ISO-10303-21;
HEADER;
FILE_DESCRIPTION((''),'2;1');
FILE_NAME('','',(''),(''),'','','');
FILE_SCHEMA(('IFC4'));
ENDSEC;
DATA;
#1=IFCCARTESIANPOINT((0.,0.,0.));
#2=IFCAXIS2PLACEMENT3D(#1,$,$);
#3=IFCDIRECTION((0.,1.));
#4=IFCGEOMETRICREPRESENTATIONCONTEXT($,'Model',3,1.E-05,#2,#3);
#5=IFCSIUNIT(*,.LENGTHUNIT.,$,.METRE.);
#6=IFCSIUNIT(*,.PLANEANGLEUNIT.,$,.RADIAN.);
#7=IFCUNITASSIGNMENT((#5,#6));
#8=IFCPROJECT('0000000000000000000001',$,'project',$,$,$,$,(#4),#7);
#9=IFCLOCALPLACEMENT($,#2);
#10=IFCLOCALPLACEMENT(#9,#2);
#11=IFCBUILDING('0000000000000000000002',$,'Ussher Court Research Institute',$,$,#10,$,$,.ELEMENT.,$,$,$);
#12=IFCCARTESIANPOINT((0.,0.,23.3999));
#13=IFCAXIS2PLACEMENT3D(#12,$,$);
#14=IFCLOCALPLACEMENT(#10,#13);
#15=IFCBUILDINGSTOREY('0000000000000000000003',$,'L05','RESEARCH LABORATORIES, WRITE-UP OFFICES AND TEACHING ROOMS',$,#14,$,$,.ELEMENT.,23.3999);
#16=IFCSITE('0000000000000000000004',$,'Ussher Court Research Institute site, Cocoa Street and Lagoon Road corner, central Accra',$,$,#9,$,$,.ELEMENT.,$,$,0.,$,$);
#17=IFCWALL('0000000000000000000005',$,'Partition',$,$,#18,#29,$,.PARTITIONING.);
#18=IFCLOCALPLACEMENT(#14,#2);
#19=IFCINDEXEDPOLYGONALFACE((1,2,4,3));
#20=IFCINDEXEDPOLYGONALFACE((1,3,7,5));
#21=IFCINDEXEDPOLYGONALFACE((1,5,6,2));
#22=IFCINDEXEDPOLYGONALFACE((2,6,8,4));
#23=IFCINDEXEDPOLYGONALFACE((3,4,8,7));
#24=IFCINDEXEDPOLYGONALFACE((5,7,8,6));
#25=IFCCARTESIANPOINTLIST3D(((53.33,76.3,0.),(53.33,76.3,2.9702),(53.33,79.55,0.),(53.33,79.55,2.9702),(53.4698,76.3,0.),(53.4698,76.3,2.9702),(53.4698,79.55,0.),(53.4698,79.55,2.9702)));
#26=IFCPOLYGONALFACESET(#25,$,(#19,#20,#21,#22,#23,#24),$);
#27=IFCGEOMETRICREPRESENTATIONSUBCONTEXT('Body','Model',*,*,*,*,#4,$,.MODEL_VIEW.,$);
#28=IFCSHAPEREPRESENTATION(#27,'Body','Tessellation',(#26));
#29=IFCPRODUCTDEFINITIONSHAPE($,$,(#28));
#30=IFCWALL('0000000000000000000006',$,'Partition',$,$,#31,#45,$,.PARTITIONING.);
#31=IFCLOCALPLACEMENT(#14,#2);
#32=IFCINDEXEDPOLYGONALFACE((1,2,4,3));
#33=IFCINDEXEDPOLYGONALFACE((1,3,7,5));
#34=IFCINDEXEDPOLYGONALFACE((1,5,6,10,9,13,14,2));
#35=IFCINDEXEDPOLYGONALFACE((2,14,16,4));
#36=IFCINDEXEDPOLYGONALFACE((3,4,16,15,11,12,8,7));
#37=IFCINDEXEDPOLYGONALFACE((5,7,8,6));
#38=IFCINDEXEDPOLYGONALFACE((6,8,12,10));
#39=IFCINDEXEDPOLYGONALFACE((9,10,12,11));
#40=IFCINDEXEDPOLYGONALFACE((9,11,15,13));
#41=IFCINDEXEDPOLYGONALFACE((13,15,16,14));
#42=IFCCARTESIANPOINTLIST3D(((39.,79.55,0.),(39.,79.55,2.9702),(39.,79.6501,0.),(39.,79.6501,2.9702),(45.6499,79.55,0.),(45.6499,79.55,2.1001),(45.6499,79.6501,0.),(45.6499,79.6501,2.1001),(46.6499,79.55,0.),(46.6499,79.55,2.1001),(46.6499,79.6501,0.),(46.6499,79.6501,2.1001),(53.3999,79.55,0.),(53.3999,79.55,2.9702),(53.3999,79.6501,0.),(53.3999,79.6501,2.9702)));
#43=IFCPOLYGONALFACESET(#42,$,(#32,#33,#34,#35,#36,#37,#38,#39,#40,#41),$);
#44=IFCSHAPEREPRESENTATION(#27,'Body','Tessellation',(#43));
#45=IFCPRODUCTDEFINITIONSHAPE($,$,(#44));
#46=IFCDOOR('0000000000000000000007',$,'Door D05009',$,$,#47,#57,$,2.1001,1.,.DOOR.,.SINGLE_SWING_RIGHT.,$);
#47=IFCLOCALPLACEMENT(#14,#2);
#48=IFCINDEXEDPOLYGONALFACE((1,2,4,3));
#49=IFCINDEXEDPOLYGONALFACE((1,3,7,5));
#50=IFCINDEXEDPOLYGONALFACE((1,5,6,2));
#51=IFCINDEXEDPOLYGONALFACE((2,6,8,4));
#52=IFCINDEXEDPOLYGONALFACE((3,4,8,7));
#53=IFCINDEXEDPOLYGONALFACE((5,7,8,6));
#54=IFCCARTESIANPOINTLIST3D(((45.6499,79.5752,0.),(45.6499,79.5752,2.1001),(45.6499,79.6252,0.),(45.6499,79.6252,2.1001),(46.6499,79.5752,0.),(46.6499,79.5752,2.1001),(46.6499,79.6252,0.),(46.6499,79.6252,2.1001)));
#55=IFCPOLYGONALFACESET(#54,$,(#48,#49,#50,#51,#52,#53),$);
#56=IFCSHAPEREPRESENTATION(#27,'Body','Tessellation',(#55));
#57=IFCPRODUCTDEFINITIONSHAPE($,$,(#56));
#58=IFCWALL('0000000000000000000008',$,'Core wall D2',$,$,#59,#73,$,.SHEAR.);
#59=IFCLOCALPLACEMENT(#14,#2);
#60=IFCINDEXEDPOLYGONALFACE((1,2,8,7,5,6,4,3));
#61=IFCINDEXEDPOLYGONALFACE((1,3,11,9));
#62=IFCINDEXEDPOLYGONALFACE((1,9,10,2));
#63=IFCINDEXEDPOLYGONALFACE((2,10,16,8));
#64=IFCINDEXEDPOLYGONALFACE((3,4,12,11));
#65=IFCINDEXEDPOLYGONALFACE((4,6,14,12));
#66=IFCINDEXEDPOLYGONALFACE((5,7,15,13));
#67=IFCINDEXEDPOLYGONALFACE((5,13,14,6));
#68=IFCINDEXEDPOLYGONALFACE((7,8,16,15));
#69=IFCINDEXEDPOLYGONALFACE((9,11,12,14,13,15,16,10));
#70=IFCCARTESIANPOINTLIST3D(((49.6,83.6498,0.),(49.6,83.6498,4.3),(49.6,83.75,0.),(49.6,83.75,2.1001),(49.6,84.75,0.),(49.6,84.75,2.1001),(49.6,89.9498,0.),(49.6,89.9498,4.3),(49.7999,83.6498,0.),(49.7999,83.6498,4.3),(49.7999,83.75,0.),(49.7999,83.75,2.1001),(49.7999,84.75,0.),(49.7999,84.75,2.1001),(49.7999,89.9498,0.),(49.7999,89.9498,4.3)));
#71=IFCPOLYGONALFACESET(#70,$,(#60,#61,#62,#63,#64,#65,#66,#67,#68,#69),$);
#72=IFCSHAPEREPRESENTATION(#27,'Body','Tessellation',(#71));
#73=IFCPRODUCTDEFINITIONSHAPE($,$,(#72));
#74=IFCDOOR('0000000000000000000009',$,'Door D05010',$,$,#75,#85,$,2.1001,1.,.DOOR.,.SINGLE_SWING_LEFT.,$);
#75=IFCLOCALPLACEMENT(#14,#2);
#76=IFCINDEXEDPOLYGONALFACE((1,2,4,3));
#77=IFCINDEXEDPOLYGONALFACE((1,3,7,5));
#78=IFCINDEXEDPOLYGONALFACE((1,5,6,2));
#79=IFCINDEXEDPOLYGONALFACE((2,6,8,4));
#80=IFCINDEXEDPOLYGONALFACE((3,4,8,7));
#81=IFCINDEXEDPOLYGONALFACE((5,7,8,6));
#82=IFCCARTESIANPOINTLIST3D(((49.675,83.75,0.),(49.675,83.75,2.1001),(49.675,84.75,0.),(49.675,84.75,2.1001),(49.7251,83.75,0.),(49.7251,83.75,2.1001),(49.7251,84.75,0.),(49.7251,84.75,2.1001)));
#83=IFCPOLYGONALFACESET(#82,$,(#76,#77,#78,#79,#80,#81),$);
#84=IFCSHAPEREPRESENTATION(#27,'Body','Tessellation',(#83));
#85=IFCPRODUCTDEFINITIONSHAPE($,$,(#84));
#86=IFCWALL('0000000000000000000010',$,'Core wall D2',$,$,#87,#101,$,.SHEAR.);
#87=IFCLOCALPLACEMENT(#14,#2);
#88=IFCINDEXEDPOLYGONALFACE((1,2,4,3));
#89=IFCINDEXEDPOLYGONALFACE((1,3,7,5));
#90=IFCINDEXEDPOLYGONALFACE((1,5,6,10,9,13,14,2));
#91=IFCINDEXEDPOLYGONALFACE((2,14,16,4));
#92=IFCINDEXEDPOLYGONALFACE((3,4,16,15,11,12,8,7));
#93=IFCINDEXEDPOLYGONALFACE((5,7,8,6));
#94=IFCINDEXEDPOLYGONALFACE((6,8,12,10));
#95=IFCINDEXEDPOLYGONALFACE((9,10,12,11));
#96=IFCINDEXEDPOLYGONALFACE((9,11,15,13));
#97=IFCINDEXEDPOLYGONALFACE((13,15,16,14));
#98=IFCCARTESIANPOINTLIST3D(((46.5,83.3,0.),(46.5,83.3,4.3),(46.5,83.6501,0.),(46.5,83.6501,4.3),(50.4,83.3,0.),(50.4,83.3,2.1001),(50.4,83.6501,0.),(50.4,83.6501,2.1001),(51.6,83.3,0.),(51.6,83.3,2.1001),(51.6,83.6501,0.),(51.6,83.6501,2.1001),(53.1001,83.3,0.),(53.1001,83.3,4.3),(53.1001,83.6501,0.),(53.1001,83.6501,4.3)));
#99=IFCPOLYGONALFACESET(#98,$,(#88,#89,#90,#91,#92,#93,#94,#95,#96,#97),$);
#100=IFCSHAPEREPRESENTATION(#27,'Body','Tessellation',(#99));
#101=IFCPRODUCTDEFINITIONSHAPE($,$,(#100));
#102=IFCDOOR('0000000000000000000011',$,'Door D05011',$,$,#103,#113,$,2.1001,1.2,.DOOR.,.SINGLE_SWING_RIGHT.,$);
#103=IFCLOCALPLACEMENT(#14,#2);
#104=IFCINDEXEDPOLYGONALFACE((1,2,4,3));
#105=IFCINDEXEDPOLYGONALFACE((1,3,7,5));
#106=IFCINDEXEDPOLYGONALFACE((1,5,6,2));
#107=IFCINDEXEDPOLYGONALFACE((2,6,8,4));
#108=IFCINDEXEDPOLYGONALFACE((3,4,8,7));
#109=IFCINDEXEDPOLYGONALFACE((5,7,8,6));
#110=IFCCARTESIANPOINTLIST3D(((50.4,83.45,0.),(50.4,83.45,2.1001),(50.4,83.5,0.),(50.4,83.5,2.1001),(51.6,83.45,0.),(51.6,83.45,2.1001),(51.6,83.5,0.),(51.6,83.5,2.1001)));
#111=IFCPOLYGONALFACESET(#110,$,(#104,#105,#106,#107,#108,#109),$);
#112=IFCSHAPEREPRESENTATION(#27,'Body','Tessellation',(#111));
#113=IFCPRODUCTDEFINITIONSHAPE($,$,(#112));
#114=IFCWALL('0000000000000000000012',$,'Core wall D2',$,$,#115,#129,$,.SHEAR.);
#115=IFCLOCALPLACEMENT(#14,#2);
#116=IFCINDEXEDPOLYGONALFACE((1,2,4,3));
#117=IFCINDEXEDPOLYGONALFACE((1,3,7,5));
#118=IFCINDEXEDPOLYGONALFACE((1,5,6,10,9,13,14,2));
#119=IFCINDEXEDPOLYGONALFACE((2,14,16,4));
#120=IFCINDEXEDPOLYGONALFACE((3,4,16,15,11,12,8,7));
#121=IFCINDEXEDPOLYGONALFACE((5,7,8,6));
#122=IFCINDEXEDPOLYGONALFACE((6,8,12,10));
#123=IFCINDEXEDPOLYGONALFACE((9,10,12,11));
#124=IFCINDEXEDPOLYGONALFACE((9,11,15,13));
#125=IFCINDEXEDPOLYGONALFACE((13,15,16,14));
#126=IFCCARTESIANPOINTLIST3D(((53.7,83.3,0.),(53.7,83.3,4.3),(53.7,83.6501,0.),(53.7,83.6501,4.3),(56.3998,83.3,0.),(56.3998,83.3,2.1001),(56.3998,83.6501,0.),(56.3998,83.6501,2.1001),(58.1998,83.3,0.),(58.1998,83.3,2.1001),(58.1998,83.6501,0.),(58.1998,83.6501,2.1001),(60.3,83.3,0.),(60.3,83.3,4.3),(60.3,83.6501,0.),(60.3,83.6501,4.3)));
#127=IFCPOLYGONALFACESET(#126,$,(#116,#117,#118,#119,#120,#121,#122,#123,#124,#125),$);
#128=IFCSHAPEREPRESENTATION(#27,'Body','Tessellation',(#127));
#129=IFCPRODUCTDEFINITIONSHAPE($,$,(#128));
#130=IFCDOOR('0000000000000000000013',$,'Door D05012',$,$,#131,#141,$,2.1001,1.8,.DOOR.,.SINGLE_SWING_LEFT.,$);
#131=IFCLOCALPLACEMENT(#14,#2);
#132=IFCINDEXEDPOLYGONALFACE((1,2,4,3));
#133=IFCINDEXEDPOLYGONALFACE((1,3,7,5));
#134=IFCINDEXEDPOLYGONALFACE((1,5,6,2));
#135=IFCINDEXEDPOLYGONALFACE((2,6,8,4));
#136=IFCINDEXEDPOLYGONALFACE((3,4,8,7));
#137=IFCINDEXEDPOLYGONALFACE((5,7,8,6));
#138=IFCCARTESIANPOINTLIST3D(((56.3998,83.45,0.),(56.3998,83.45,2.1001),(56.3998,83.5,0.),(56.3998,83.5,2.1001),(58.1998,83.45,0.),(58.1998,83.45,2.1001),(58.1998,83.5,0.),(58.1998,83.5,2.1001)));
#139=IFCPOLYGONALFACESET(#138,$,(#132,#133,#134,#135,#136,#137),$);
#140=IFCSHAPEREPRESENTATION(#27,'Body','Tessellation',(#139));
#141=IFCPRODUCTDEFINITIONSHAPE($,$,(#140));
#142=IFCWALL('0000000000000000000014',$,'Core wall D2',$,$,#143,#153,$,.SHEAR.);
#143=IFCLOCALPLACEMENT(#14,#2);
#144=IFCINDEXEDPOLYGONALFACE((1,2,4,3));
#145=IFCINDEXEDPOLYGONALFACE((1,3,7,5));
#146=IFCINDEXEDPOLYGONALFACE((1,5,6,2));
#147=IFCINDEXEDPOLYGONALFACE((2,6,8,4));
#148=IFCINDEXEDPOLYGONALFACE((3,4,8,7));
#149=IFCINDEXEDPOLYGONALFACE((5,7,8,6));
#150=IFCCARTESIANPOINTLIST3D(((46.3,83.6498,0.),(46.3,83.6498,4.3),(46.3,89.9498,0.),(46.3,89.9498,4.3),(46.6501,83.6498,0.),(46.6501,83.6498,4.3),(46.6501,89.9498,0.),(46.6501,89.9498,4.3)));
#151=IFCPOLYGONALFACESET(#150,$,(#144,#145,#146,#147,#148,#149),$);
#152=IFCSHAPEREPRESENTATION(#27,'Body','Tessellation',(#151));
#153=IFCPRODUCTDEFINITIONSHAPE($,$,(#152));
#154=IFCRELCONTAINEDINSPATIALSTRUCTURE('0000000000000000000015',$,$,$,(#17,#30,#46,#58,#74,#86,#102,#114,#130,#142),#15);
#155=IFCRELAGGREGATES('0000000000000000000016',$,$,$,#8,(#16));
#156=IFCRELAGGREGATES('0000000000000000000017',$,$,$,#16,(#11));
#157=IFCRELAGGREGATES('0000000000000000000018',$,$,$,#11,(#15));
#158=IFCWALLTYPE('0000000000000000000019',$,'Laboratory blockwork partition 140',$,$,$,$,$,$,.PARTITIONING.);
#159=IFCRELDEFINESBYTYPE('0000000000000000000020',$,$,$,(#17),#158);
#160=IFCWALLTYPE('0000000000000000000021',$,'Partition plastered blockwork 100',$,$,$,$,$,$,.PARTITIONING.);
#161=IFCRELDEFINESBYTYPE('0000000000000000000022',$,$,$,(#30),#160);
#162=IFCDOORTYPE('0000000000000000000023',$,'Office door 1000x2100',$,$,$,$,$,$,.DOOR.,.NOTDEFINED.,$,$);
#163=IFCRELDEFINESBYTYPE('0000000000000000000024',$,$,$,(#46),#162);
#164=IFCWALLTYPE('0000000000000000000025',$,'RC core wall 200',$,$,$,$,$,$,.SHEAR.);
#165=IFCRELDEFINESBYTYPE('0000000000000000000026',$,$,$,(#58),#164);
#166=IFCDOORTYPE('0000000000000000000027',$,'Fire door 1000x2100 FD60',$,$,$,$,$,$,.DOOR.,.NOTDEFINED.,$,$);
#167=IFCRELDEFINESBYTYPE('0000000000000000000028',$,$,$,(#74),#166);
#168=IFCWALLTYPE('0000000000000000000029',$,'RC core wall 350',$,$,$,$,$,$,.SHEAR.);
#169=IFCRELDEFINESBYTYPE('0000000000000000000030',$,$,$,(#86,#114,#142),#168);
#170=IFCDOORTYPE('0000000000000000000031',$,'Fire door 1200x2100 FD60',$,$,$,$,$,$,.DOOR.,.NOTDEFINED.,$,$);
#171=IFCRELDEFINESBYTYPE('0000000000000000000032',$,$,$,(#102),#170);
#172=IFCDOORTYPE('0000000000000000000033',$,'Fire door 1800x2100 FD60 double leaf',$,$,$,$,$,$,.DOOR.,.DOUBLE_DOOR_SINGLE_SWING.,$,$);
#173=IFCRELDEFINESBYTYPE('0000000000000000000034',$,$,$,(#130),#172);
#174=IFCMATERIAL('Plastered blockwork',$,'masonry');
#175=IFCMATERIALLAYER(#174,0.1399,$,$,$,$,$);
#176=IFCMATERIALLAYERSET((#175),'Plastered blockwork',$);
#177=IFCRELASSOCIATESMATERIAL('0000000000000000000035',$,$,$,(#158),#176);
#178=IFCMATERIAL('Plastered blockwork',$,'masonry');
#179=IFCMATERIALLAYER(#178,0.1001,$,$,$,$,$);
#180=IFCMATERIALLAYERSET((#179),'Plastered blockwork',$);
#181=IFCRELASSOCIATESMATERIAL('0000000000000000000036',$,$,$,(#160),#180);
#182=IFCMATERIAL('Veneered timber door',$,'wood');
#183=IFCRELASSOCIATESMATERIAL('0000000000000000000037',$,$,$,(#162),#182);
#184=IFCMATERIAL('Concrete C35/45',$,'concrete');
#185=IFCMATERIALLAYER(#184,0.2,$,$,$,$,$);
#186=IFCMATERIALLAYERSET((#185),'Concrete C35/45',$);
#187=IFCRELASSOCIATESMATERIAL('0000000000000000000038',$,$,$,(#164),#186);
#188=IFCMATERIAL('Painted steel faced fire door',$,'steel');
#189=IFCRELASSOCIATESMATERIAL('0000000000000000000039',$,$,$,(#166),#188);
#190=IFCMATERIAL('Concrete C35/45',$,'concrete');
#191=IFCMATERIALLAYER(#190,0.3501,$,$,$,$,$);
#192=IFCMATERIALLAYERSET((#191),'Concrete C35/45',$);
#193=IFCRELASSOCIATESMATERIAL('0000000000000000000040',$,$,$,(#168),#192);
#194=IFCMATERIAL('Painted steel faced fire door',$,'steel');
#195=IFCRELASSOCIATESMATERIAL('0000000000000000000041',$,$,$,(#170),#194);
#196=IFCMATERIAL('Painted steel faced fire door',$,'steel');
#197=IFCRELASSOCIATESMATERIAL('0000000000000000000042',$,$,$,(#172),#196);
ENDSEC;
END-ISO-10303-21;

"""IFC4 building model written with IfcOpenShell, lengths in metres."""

from ifc_helpers import new_model, si_unit, direction, frame, frame_2d, origin, place, context, subcontext, project, spatial, rectangle, extrude, material, layer, layer_set, type_object, element, fill, save


model = new_model("IFC4")

# Units and contexts
model_context = context("Model", 3, precision=1e-05, world=origin(), true_north=direction((0.0, 1.0)))
body_context = subcontext(model_context, "Body", "Model", "MODEL_VIEW")
ifc_project = project(units=[si_unit("LENGTHUNIT", "METRE"), si_unit("PLANEANGLEUNIT", "RADIAN")], contexts=[model_context])

# Site, building, storey
site_placement = place(None, origin())
site = spatial("IfcSite", under=ifc_project, at=site_placement, Name="Ussher Court Research Institute site, Cocoa Street and Lagoon Road corner, central Accra", CompositionType="ELEMENT", RefElevation=0.0)
building_placement = place(site_placement, origin())
building = spatial("IfcBuilding", under=site, at=building_placement, Name="Ussher Court Research Institute", CompositionType="ELEMENT")
storey_placement = place(building_placement, frame((0.0, 0.0, 23.3999)))
storey = spatial("IfcBuildingStorey", under=building, at=storey_placement, Name="L05", Description="RESEARCH LABORATORIES, WRITE-UP OFFICES AND TEACHING ROOMS", CompositionType="ELEMENT", Elevation=23.3999)

# Wall
ifc_material_1 = material(Name="Plastered blockwork", Category="masonry")
ifc_layer_1 = layer(ifc_material_1, 0.1399)
ifc_layer_set_1 = layer_set([ifc_layer_1], Name="Plastered blockwork")
wall_type_1 = type_object("IfcWallType", Name="Laboratory blockwork partition 140", PredefinedType="PARTITIONING", material=ifc_layer_set_1)
wall_1_placement = place(storey_placement, frame((53.3999, 76.3, 0.0), z_axis=(0.0, 0.0, 1.0), x_axis=(0.0, 1.0, 0.0)))
element("IfcWall", 1, at=wall_1_placement, inside=storey, type_object=wall_type_1, Name="Partition", PredefinedType="PARTITIONING", context=body_context, shape_type="SweptSolid", body=[
    extrude(rectangle(XDim=3.25, YDim=0.1399, at=frame_2d((1.625, 0.0))), origin(), (0.0, 0.0, 1.0), 2.9702),
])

# Walls, openings, doors
ifc_material_2 = material(Name="Plastered blockwork", Category="masonry")
ifc_layer_2 = layer(ifc_material_2, 0.1001)
ifc_layer_set_2 = layer_set([ifc_layer_2], Name="Plastered blockwork")
wall_type_2 = type_object("IfcWallType", Name="Partition plastered blockwork 100", PredefinedType="PARTITIONING", material=ifc_layer_set_2)
wall_2_placement = place(storey_placement, frame((53.3999, 79.6001, 0.0), z_axis=(0.0, 0.0, 1.0), x_axis=(-1.0, 0.0, 0.0)))
wall_2 = element("IfcWall", 2, at=wall_2_placement, inside=storey, type_object=wall_type_2, Name="Partition", PredefinedType="PARTITIONING", context=body_context, shape_type="SweptSolid", body=[
    extrude(rectangle(XDim=14.3999, YDim=0.1001, at=frame_2d((7.2, 0.0))), origin(), (0.0, 0.0, 1.0), 2.9702),
])
opening_1_placement = place(wall_2_placement, frame((6.75, 0.0, 0.0)))
opening_1 = element("IfcOpeningElement", 3, at=opening_1_placement, cuts=wall_2, PredefinedType="OPENING", context=body_context, shape_type="SweptSolid", body=[
    extrude(rectangle(XDim=1.0, YDim=2.1001, at=frame_2d((0.5, 1.05))), frame((0.0, 0.0601, 0.0), z_axis=(0.0, -1.0, 0.0), x_axis=(1.0, 0.0, 0.0)), (0.0, 0.0, 1.0), 0.1201),
])
ifc_material_3 = material(Name="Veneered timber door", Category="wood")
door_type_1 = type_object("IfcDoorType", Name="Office door 1000x2100", OperationType="NOTDEFINED", PredefinedType="DOOR", material=ifc_material_3)
door_1_placement = place(opening_1_placement, origin())
door_1 = element("IfcDoor", 4, at=door_1_placement, inside=storey, type_object=door_type_1, Name="Door D05009", OperationType="SINGLE_SWING_RIGHT", OverallHeight=2.1001, OverallWidth=1.0, PredefinedType="DOOR", context=body_context, shape_type="SweptSolid", body=[
    extrude(rectangle(XDim=1.0, YDim=2.1001, at=frame_2d((0.5, 1.05))), frame((0.0, 0.0249, 0.0), z_axis=(0.0, -1.0, 0.0), x_axis=(1.0, 0.0, 0.0)), (0.0, 0.0, 1.0), 0.05),
])
fill(opening_1, door_1)
ifc_material_4 = material(Name="Concrete C35/45", Category="concrete")
ifc_layer_3 = layer(ifc_material_4, 0.2)
ifc_layer_set_3 = layer_set([ifc_layer_3], Name="Concrete C35/45")
wall_type_3 = type_object("IfcWallType", Name="RC core wall 200", PredefinedType="SHEAR", material=ifc_layer_set_3)
wall_3_placement = place(storey_placement, frame((49.7, 83.6499, 0.0), z_axis=(0.0, 0.0, 1.0), x_axis=(0.0, 1.0, 0.0)))
wall_3 = element("IfcWall", 5, at=wall_3_placement, inside=storey, type_object=wall_type_3, Name="Core wall D2", PredefinedType="SHEAR", context=body_context, shape_type="SweptSolid", body=[
    extrude(rectangle(XDim=6.3, YDim=0.2, at=frame_2d((3.1499, 0.0))), origin(), (0.0, 0.0, 1.0), 4.3),
])
opening_2_placement = place(wall_3_placement, frame((0.1001, 0.0, 0.0)))
opening_2 = element("IfcOpeningElement", 6, at=opening_2_placement, cuts=wall_3, PredefinedType="OPENING", context=body_context, shape_type="SweptSolid", body=[
    extrude(rectangle(XDim=1.0, YDim=2.1001, at=frame_2d((0.5, 1.05))), frame((0.0, 0.1099, 0.0), z_axis=(0.0, -1.0, 0.0), x_axis=(1.0, 0.0, 0.0)), (0.0, 0.0, 1.0), 0.22),
])
ifc_material_5 = material(Name="Painted steel faced fire door", Category="steel")
door_type_2 = type_object("IfcDoorType", Name="Fire door 1000x2100 FD60", OperationType="NOTDEFINED", PredefinedType="DOOR", material=ifc_material_5)
door_2_placement = place(opening_2_placement, origin())
door_2 = element("IfcDoor", 7, at=door_2_placement, inside=storey, type_object=door_type_2, Name="Door D05010", OperationType="SINGLE_SWING_LEFT", OverallHeight=2.1001, OverallWidth=1.0, PredefinedType="DOOR", context=body_context, shape_type="SweptSolid", body=[
    extrude(rectangle(XDim=1.0, YDim=2.1001, at=frame_2d((0.5, 1.05))), frame((0.0, 0.0249, 0.0), z_axis=(0.0, -1.0, 0.0), x_axis=(1.0, 0.0, 0.0)), (0.0, 0.0, 1.0), 0.05),
])
fill(opening_2, door_2)
ifc_material_6 = material(Name="Concrete C35/45", Category="concrete")
ifc_layer_4 = layer(ifc_material_6, 0.3501)
ifc_layer_set_4 = layer_set([ifc_layer_4], Name="Concrete C35/45")
wall_type_4 = type_object("IfcWallType", Name="RC core wall 350", PredefinedType="SHEAR", material=ifc_layer_set_4)
wall_4_placement = place(storey_placement, frame((46.5, 83.4751, 0.0), z_axis=(0.0, 0.0, 1.0), x_axis=(1.0, 0.0, 0.0)))
wall_4 = element("IfcWall", 8, at=wall_4_placement, inside=storey, type_object=wall_type_4, Name="Core wall D2", PredefinedType="SHEAR", context=body_context, shape_type="SweptSolid", body=[
    extrude(rectangle(XDim=6.6001, YDim=0.3501, at=frame_2d((3.3, 0.0))), origin(), (0.0, 0.0, 1.0), 4.3),
])
opening_3_placement = place(wall_4_placement, frame((3.8999, 0.0, 0.0)))
opening_3 = element("IfcOpeningElement", 9, at=opening_3_placement, cuts=wall_4, PredefinedType="OPENING", context=body_context, shape_type="SweptSolid", body=[
    extrude(rectangle(XDim=1.2, YDim=2.1001, at=frame_2d((0.6001, 1.05))), frame((0.0, 0.1851, 0.0), z_axis=(0.0, -1.0, 0.0), x_axis=(1.0, 0.0, 0.0)), (0.0, 0.0, 1.0), 0.3701),
])
ifc_material_7 = material(Name="Painted steel faced fire door", Category="steel")
door_type_3 = type_object("IfcDoorType", Name="Fire door 1200x2100 FD60", OperationType="NOTDEFINED", PredefinedType="DOOR", material=ifc_material_7)
door_3_placement = place(opening_3_placement, origin())
door_3 = element("IfcDoor", 10, at=door_3_placement, inside=storey, type_object=door_type_3, Name="Door D05011", OperationType="SINGLE_SWING_RIGHT", OverallHeight=2.1001, OverallWidth=1.2, PredefinedType="DOOR", context=body_context, shape_type="SweptSolid", body=[
    extrude(rectangle(XDim=1.2, YDim=2.1001, at=frame_2d((0.6001, 1.05))), frame((0.0, 0.0249, 0.0), z_axis=(0.0, -1.0, 0.0), x_axis=(1.0, 0.0, 0.0)), (0.0, 0.0, 1.0), 0.05),
])
fill(opening_3, door_3)
wall_5_placement = place(storey_placement, frame((53.7, 83.4751, 0.0), z_axis=(0.0, 0.0, 1.0), x_axis=(1.0, 0.0, 0.0)))
wall_5 = element("IfcWall", 11, at=wall_5_placement, inside=storey, type_object=wall_type_4, Name="Core wall D2", PredefinedType="SHEAR", context=body_context, shape_type="SweptSolid", body=[
    extrude(rectangle(XDim=6.6001, YDim=0.3501, at=frame_2d((3.3, 0.0))), origin(), (0.0, 0.0, 1.0), 4.3),
])
opening_4_placement = place(wall_5_placement, frame((2.7, 0.0, 0.0)))
opening_4 = element("IfcOpeningElement", 12, at=opening_4_placement, cuts=wall_5, PredefinedType="OPENING", context=body_context, shape_type="SweptSolid", body=[
    extrude(rectangle(XDim=1.8, YDim=2.1001, at=frame_2d((0.8999, 1.05))), frame((0.0, 0.1851, 0.0), z_axis=(0.0, -1.0, 0.0), x_axis=(1.0, 0.0, 0.0)), (0.0, 0.0, 1.0), 0.3701),
])
ifc_material_8 = material(Name="Painted steel faced fire door", Category="steel")
door_type_4 = type_object("IfcDoorType", Name="Fire door 1800x2100 FD60 double leaf", OperationType="DOUBLE_DOOR_SINGLE_SWING", PredefinedType="DOOR", material=ifc_material_8)
door_4_placement = place(opening_4_placement, origin())
door_4 = element("IfcDoor", 13, at=door_4_placement, inside=storey, type_object=door_type_4, Name="Door D05012", OperationType="SINGLE_SWING_LEFT", OverallHeight=2.1001, OverallWidth=1.8, PredefinedType="DOOR", context=body_context, shape_type="SweptSolid", body=[
    extrude(rectangle(XDim=1.8, YDim=2.1001, at=frame_2d((0.8999, 1.05))), frame((0.0, 0.0249, 0.0), z_axis=(0.0, -1.0, 0.0), x_axis=(1.0, 0.0, 0.0)), (0.0, 0.0, 1.0), 0.05),
])
fill(opening_4, door_4)

# Wall
wall_6_placement = place(storey_placement, frame((46.4751, 83.6499, 0.0), z_axis=(0.0, 0.0, 1.0), x_axis=(0.0, 1.0, 0.0)))
element("IfcWall", 14, at=wall_6_placement, inside=storey, type_object=wall_type_4, Name="Core wall D2", PredefinedType="SHEAR", context=body_context, shape_type="SweptSolid", body=[
    extrude(rectangle(XDim=6.3, YDim=0.3501, at=frame_2d((3.1499, 0.0))), origin(), (0.0, 0.0, 1.0), 4.3),
])

save(model, "model.ifc")
